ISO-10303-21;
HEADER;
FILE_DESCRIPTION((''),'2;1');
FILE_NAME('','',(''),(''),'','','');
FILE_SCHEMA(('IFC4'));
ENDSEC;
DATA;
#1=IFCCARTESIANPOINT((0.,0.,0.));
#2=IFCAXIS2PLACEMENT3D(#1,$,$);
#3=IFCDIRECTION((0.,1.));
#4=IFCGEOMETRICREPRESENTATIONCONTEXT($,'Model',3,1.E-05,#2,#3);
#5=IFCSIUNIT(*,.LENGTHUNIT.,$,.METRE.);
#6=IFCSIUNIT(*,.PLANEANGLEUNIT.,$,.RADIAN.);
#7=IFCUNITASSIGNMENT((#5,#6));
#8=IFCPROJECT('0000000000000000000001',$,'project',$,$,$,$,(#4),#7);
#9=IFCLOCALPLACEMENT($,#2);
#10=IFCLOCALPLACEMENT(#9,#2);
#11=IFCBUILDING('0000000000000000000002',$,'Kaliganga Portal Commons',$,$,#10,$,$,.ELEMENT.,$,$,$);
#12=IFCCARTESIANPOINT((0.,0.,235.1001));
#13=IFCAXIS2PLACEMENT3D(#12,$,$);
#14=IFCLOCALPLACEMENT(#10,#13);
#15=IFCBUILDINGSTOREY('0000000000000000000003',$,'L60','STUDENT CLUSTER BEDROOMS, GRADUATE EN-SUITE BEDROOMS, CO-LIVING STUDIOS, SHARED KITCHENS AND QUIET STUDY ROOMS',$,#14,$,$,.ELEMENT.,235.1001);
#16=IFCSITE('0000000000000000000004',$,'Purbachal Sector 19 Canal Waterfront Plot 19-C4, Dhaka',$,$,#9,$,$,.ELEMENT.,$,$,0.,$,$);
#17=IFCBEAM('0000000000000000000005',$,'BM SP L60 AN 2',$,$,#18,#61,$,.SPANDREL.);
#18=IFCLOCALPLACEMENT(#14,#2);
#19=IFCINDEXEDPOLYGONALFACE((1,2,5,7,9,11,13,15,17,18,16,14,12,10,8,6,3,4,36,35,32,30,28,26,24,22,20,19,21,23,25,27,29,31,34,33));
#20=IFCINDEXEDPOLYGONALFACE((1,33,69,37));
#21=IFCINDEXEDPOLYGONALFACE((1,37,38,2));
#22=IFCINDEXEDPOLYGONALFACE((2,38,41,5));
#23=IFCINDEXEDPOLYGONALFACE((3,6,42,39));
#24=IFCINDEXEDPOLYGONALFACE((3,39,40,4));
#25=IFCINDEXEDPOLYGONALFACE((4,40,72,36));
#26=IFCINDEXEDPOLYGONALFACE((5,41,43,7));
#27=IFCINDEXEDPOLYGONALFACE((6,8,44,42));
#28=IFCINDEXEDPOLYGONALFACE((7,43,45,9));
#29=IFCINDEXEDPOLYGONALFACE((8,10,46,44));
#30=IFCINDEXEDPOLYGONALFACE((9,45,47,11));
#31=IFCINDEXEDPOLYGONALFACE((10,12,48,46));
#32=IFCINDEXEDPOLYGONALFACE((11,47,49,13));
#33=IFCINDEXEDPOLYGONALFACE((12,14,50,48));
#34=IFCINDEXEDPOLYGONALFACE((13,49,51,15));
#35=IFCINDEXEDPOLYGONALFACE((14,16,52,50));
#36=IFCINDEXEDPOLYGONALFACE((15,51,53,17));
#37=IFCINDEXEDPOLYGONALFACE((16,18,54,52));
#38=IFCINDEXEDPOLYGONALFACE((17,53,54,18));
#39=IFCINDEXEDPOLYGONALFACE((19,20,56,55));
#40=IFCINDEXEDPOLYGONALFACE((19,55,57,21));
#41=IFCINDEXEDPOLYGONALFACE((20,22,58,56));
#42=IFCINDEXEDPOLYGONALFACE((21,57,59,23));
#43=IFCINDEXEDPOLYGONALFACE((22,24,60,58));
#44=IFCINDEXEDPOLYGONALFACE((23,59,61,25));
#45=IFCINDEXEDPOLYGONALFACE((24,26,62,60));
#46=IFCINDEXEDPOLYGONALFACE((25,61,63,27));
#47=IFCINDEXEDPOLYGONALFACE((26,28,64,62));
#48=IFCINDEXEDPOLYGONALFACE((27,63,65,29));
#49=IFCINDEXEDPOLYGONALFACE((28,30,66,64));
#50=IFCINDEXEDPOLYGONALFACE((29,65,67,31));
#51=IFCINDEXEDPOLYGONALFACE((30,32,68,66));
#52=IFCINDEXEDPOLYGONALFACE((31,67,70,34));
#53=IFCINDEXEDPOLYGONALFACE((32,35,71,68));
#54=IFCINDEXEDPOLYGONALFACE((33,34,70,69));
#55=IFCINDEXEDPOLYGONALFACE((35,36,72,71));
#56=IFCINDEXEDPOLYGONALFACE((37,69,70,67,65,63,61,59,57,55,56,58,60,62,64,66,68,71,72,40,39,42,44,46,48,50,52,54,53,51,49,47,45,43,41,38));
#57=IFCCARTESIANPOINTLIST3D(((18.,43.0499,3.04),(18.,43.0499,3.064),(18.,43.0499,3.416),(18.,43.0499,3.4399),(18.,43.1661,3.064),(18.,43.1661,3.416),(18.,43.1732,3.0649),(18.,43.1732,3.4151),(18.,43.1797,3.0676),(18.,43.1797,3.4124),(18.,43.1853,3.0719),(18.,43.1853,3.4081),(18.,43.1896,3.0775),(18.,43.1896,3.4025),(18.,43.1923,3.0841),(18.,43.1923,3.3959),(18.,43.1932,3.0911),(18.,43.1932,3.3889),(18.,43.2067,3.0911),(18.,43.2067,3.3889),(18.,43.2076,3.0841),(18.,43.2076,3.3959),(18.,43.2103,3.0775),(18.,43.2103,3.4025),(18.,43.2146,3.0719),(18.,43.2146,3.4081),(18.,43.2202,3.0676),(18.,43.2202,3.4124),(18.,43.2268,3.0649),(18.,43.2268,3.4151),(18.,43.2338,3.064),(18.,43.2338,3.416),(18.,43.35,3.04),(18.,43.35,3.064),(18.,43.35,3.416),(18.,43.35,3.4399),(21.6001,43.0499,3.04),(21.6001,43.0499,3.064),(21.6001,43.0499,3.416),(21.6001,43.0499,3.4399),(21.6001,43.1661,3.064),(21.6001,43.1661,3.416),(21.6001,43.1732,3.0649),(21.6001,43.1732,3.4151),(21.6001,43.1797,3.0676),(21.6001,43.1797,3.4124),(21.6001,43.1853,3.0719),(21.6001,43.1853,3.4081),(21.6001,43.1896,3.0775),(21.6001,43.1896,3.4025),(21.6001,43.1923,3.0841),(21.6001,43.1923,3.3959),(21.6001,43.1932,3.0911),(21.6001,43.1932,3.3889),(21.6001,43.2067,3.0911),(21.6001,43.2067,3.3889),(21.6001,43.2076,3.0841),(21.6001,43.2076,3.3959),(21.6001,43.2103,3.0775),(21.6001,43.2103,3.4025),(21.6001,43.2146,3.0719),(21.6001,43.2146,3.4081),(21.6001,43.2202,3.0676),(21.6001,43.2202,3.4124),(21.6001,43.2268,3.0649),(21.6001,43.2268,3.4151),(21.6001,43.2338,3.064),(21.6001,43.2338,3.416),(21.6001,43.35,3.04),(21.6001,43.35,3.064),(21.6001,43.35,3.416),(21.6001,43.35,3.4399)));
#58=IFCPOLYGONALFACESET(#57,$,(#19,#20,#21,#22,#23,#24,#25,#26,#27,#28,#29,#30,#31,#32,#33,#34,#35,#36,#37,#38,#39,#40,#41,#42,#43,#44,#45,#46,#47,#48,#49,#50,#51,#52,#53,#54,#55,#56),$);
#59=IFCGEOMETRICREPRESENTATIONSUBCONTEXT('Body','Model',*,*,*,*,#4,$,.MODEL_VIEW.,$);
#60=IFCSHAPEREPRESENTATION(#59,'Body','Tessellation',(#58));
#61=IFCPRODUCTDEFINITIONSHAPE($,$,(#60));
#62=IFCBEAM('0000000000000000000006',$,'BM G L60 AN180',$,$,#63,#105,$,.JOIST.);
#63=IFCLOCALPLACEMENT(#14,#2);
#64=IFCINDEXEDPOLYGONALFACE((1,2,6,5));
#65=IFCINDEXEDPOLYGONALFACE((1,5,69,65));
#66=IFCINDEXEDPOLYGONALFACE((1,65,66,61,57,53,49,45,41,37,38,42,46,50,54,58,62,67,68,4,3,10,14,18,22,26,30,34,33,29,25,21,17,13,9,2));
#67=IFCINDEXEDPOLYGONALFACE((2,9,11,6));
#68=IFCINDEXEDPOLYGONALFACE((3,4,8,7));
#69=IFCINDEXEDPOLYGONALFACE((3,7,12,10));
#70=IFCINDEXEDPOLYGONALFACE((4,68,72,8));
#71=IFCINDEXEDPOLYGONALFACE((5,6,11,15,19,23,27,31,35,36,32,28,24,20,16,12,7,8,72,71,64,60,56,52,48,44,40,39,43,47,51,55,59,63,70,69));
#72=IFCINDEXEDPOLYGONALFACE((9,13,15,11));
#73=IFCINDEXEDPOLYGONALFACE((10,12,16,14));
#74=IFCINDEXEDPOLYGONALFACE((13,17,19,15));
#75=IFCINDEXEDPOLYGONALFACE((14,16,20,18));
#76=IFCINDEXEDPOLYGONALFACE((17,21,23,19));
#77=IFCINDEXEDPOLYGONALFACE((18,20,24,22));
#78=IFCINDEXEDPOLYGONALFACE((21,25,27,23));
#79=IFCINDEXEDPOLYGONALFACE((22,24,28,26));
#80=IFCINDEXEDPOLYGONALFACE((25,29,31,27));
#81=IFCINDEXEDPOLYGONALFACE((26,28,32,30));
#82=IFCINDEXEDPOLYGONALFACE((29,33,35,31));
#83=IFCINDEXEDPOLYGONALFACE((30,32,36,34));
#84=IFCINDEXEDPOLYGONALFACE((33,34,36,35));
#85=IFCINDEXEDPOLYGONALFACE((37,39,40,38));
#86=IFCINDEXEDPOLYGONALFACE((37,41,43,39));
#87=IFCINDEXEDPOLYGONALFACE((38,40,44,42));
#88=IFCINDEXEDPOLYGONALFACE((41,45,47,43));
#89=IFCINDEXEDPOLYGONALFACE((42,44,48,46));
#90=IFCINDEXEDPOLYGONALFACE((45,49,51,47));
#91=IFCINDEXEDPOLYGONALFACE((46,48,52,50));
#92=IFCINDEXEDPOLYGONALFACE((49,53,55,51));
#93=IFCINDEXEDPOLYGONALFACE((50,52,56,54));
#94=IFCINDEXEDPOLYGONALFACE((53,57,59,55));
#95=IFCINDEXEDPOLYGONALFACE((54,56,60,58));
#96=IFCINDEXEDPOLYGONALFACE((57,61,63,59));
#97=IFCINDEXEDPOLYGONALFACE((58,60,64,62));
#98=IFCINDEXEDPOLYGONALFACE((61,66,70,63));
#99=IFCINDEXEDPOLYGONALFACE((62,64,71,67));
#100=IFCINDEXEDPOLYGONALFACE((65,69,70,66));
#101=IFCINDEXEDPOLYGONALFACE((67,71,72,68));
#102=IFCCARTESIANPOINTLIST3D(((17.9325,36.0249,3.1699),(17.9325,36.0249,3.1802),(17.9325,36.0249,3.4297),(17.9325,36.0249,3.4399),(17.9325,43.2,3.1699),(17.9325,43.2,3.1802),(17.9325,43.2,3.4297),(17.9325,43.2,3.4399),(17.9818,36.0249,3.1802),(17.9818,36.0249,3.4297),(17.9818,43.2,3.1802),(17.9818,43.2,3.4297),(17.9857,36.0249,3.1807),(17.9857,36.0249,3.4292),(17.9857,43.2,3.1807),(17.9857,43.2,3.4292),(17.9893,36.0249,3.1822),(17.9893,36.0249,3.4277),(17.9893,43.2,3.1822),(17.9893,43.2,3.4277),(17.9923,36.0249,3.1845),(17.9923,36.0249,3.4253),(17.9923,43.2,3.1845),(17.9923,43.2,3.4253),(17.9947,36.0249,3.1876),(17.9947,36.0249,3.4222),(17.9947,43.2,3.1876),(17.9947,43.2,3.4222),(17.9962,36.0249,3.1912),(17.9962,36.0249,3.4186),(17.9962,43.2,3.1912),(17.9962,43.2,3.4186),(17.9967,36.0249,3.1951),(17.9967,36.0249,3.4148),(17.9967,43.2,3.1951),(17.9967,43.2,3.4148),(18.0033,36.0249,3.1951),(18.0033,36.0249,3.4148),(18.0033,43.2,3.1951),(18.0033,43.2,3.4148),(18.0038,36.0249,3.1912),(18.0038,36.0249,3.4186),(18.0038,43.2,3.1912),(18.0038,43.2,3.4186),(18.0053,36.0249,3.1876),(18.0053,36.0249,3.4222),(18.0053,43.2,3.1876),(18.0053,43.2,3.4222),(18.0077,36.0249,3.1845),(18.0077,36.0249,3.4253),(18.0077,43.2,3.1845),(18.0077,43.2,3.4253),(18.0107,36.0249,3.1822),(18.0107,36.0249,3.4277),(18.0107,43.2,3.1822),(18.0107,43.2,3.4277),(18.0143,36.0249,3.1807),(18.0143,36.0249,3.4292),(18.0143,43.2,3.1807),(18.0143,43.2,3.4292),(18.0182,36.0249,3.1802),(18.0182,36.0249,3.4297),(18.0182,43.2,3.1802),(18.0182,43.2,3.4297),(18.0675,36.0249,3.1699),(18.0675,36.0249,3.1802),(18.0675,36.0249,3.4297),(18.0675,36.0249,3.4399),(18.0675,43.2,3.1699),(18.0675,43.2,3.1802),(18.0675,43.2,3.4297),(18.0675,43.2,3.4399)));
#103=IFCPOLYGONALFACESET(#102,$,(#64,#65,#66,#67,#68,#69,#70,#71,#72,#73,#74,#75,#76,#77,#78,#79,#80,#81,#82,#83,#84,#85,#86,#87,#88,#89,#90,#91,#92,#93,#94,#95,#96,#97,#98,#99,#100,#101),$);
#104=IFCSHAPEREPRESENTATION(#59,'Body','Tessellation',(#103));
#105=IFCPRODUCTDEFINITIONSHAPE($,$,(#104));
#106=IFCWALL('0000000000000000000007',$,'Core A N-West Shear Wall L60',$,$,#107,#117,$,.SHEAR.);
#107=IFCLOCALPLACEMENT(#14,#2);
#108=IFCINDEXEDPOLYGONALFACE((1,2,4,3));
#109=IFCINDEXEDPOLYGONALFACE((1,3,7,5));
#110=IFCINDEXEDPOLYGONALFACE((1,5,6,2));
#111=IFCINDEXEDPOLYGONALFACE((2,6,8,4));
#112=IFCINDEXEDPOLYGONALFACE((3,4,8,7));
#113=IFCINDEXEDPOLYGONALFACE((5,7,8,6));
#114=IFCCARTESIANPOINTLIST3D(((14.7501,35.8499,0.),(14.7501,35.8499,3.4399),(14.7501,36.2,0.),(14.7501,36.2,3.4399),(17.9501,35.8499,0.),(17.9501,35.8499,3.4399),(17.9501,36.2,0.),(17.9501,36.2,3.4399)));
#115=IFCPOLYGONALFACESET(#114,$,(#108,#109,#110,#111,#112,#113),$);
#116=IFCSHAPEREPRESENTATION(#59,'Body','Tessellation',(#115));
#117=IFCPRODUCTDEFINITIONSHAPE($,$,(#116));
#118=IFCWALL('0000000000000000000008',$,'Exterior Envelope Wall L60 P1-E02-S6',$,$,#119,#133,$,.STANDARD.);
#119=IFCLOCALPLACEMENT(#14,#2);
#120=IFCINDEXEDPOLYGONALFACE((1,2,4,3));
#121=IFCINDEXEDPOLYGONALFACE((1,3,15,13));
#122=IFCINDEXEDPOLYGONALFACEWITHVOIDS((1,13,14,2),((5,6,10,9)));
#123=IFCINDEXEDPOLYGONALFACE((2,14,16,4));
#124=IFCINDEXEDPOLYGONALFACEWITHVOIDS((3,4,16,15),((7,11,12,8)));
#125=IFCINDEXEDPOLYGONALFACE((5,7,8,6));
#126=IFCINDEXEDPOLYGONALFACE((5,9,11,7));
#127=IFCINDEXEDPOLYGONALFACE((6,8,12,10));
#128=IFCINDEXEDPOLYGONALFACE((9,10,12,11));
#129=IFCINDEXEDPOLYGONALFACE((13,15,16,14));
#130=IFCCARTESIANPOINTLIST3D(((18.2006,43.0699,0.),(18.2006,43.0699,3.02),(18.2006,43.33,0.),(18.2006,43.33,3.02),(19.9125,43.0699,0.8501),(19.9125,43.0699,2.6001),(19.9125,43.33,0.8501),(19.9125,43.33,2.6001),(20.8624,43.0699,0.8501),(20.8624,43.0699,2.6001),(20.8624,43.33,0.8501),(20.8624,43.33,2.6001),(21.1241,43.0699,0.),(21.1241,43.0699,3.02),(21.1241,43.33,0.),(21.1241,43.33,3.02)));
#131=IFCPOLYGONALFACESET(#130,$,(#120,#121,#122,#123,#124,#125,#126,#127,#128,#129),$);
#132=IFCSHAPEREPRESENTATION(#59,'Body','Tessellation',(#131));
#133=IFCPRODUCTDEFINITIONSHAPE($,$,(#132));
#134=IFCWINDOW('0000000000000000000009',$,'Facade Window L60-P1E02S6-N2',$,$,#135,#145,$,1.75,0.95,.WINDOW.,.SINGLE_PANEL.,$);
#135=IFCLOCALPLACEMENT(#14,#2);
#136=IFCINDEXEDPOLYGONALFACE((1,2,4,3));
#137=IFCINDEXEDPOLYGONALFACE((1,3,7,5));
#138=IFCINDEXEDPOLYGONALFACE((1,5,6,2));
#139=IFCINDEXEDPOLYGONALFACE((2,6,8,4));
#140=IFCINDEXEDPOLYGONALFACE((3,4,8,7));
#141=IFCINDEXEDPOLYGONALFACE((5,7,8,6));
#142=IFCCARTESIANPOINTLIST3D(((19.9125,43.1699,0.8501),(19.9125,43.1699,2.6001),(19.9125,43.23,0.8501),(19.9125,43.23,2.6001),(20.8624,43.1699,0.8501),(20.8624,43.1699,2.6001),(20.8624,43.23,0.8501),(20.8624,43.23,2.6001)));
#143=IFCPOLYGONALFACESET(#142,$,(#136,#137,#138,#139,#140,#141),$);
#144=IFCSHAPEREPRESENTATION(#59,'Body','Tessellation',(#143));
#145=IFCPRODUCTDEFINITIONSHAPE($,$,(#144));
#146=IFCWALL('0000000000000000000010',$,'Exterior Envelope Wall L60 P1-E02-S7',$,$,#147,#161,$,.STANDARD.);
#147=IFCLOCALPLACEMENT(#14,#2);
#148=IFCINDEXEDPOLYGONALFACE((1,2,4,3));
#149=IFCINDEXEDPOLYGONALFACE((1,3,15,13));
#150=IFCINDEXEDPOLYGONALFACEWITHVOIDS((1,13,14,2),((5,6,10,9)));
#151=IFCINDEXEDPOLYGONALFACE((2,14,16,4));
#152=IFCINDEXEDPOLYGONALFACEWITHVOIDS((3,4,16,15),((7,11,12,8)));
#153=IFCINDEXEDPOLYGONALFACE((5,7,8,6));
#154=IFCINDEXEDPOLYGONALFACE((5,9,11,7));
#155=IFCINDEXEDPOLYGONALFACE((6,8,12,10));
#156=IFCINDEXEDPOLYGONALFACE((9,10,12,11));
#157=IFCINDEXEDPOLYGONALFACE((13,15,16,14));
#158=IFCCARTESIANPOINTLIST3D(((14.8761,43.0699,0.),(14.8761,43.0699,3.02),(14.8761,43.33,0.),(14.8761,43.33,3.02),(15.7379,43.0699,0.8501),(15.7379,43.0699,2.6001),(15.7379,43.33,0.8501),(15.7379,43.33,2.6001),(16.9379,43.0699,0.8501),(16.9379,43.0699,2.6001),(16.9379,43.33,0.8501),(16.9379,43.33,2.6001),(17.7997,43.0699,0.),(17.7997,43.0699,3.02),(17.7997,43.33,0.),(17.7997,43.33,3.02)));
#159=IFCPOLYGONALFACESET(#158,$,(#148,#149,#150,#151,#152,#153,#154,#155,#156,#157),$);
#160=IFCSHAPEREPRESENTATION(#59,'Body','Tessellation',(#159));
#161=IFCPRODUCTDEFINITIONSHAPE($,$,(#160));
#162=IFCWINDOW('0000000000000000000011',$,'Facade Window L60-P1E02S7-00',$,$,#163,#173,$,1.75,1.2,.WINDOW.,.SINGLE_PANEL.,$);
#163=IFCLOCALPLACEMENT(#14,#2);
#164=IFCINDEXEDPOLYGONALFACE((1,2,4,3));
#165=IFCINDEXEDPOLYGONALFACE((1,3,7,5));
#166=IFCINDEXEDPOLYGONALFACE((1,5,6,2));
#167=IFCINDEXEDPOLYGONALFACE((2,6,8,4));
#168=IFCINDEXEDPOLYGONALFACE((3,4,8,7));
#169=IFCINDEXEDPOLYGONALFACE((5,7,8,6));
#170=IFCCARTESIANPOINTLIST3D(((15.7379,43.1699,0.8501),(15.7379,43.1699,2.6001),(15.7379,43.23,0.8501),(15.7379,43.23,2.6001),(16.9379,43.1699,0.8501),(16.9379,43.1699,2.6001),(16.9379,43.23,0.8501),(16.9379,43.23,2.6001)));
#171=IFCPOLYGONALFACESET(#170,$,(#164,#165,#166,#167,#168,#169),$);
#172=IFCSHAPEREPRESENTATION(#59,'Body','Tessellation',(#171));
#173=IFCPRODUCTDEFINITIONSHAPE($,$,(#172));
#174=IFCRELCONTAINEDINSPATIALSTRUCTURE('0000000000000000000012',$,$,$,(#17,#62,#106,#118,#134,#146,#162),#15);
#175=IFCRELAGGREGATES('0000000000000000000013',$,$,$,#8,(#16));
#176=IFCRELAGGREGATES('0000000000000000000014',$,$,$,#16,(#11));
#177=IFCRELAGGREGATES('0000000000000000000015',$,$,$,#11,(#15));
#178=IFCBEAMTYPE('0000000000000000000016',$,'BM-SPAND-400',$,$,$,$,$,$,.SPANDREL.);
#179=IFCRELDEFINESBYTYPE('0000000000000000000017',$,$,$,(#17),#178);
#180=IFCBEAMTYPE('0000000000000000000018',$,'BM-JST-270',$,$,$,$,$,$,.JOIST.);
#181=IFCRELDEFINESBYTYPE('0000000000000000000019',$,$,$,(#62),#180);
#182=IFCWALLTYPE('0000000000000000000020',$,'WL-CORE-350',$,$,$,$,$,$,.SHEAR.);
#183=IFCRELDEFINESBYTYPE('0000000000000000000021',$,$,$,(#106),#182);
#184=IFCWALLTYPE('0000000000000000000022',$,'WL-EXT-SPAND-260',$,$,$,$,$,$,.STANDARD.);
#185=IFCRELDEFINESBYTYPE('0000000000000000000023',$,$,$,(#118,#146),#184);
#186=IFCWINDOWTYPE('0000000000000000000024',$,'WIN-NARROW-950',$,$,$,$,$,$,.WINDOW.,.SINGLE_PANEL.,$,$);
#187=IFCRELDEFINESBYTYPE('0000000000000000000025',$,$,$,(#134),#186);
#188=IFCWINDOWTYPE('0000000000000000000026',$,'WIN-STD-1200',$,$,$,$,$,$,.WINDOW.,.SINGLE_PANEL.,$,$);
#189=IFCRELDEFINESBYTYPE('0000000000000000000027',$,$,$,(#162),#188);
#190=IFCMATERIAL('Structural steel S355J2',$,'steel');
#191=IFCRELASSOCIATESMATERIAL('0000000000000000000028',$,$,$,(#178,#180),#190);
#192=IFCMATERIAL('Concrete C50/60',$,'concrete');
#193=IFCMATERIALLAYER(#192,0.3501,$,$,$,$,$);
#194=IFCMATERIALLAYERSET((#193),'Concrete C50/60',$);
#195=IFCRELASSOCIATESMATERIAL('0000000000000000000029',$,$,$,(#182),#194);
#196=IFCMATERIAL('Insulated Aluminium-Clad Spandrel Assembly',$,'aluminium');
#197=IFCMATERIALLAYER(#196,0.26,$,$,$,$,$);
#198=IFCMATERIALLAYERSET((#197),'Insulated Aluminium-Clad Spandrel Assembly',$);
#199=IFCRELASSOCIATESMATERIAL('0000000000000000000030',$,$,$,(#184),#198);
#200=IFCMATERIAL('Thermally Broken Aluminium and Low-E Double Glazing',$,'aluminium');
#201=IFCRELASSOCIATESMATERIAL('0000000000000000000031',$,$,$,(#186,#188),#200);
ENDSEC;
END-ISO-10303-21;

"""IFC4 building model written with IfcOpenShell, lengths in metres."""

from ifc_helpers import new_model, si_unit, direction, frame, frame_2d, origin, origin_2d, place, context, subcontext, project, spatial, rectangle, i_section, extrude, source, transform, mapped, material, layer, layer_set, material_profile, profile_set, type_object, element, fill, save


model = new_model("IFC4")

# Units and contexts
model_context = context("Model", 3, precision=1e-05, world=origin(), true_north=direction((0.0, 1.0)))
body_context = subcontext(model_context, "Body", "Model", "MODEL_VIEW")
ifc_project = project(units=[si_unit("LENGTHUNIT", "METRE"), si_unit("PLANEANGLEUNIT", "RADIAN")], contexts=[model_context])

# Site, building, storey
site_placement = place(None, origin())
site = spatial("IfcSite", under=ifc_project, at=site_placement, Name="Purbachal Sector 19 Canal Waterfront Plot 19-C4, Dhaka", CompositionType="ELEMENT", RefElevation=0.0)
building_placement = place(site_placement, origin())
building = spatial("IfcBuilding", under=site, at=building_placement, Name="Kaliganga Portal Commons", CompositionType="ELEMENT")
storey_placement = place(building_placement, frame((0.0, 0.0, 235.1001)))
storey = spatial("IfcBuildingStorey", under=building, at=storey_placement, Name="L60", Description="STUDENT CLUSTER BEDROOMS, GRADUATE EN-SUITE BEDROOMS, CO-LIVING STUDIOS, SHARED KITCHENS AND QUIET STUDY ROOMS", CompositionType="ELEMENT", Elevation=235.1001)

# Shared definitions
ifc_material_1 = material(Name="Concrete C50/60", Category="concrete")
ifc_material_2 = material(Name="Structural steel S355J2", Category="steel")

# Beams
ifc_material_profile_1 = material_profile(ifc_material_2, i_section(OverallWidth=0.3, OverallDepth=0.3999, WebThickness=0.0134, FlangeThickness=0.0239, FilletRadius=0.0271, at=origin_2d()), Name="HE 400 B")
ifc_profile_set_1 = profile_set([ifc_material_profile_1], Name="Structural steel S355J2 wide-flange")
beam_type_1 = type_object("IfcBeamType", Name="BM-SPAND-400", PredefinedType="SPANDREL", material=ifc_profile_set_1)
shared_shape_1 = source(origin(), body_context, "Body", "SweptSolid", [
    extrude(i_section(OverallWidth=0.3, OverallDepth=0.3999, WebThickness=0.0134, FlangeThickness=0.0239, FilletRadius=0.0271, at=origin_2d()), origin(), (0.0, 0.0, 1.0), 3.6001),
])
for number, where, z_axis, x_axis, name in (
    (1, (18.0, 43.2, 3.24), (1.0, 0.0, 0.0), (0.0, 1.0, 0.0), "BM SP L60 AN 2"),
):
    element("IfcBeam", number, at=place(storey_placement, frame(where, z_axis=z_axis, x_axis=x_axis)), inside=storey, type_object=beam_type_1, Name=name, PredefinedType="SPANDREL", context=body_context, shape_type="MappedRepresentation", body=[
        mapped(shared_shape_1, transform((0.0, 0.0, 0.0), x_axis=(1.0, 0.0, 0.0), y_axis=(0.0, 1.0, 0.0), z_axis=(0.0, 0.0, 1.0), scale=1.0)),
    ])
ifc_material_profile_2 = material_profile(ifc_material_2, i_section(OverallWidth=0.135, OverallDepth=0.27, WebThickness=0.0066, FlangeThickness=0.0103, FilletRadius=0.0149, at=origin_2d()), Name="IPE 270")
ifc_profile_set_2 = profile_set([ifc_material_profile_2], Name="Structural steel S355J2 wide-flange")
beam_type_2 = type_object("IfcBeamType", Name="BM-JST-270", PredefinedType="JOIST", material=ifc_profile_set_2)
shared_shape_2 = source(origin(), body_context, "Body", "SweptSolid", [
    extrude(i_section(OverallWidth=0.135, OverallDepth=0.27, WebThickness=0.0066, FlangeThickness=0.0103, FilletRadius=0.0149, at=origin_2d()), origin(), (0.0, 0.0, 1.0), 7.175),
])
beam_1_placement = place(storey_placement, frame((18.0, 36.0249, 3.3049), z_axis=(0.0, 1.0, 0.0), x_axis=(-1.0, 0.0, 0.0)))
element("IfcBeam", 2, at=beam_1_placement, inside=storey, type_object=beam_type_2, Name="BM G L60 AN180", PredefinedType="JOIST", context=body_context, shape_type="MappedRepresentation", body=[
    mapped(shared_shape_2, transform((0.0, 0.0, 0.0), x_axis=(1.0, 0.0, 0.0), y_axis=(0.0, 1.0, 0.0), z_axis=(0.0, 0.0, 1.0), scale=1.0)),
])

# Wall
ifc_layer_1 = layer(ifc_material_1, 0.3501)
ifc_layer_set_1 = layer_set([ifc_layer_1], Name="Concrete C50/60")
wall_type_1 = type_object("IfcWallType", Name="WL-CORE-350", PredefinedType="SHEAR", material=ifc_layer_set_1)
wall_1_placement = place(storey_placement, frame((14.75, 36.0249, 0.0), z_axis=(0.0, 0.0, 1.0), x_axis=(1.0, 0.0, 0.0)))
element("IfcWall", 3, at=wall_1_placement, inside=storey, type_object=wall_type_1, Name="Core A N-West Shear Wall L60", PredefinedType="SHEAR", context=body_context, shape_type="SweptSolid", body=[
    extrude(rectangle(XDim=3.2, YDim=0.3501, at=frame_2d((1.6001, 0.0))), origin(), (0.0, 0.0, 1.0), 3.4399),
])

# Walls, openings, windows
ifc_material_3 = material(Name="Insulated Aluminium-Clad Spandrel Assembly", Category="aluminium")
ifc_layer_2 = layer(ifc_material_3, 0.26)
ifc_layer_set_2 = layer_set([ifc_layer_2], Name="Insulated Aluminium-Clad Spandrel Assembly")
wall_type_2 = type_object("IfcWallType", Name="WL-EXT-SPAND-260", PredefinedType="STANDARD", material=ifc_layer_set_2)
wall_2_placement = place(storey_placement, frame((18.2004, 43.2, 0.0), z_axis=(0.0, 0.0, 1.0), x_axis=(1.0, 0.0, 0.0)))
wall_2 = element("IfcWall", 4, at=wall_2_placement, inside=storey, type_object=wall_type_2, Name="Exterior Envelope Wall L60 P1-E02-S6", PredefinedType="STANDARD", context=body_context, shape_type="SweptSolid", body=[
    extrude(rectangle(XDim=2.9236, YDim=0.26, at=frame_2d((1.4619, 0.0))), origin(), (0.0, 0.0, 1.0), 3.02),
])
opening_1_placement = place(wall_2_placement, frame((1.7119, 0.0, 0.8501)))
opening_1 = element("IfcOpeningElement", 5, at=opening_1_placement, cuts=wall_2, PredefinedType="OPENING", context=body_context, shape_type="SweptSolid", body=[
    extrude(rectangle(XDim=0.95, YDim=1.75, at=frame_2d((0.4751, 0.875))), frame((0.0, 0.1401, 0.0), z_axis=(0.0, -1.0, 0.0), x_axis=(1.0, 0.0, 0.0)), (0.0, 0.0, 1.0), 0.28),
])
ifc_material_4 = material(Name="Thermally Broken Aluminium and Low-E Double Glazing", Category="aluminium")
window_type_1 = type_object("IfcWindowType", Name="WIN-NARROW-950", PartitioningType="SINGLE_PANEL", PredefinedType="WINDOW", material=ifc_material_4)
window_1_placement = place(opening_1_placement, origin())
window_1 = element("IfcWindow", 6, at=window_1_placement, inside=storey, type_object=window_type_1, Name="Facade Window L60-P1E02S6-N2", OverallHeight=1.75, OverallWidth=0.95, PartitioningType="SINGLE_PANEL", PredefinedType="WINDOW", context=body_context, shape_type="SweptSolid", body=[
    extrude(rectangle(XDim=0.95, YDim=1.75, at=frame_2d((0.4751, 0.875))), frame((0.0, 0.03, 0.0), z_axis=(0.0, -1.0, 0.0), x_axis=(1.0, 0.0, 0.0)), (0.0, 0.0, 1.0), 0.0601),
])
fill(opening_1, window_1)
wall_3_placement = place(storey_placement, frame((14.876, 43.2, 0.0), z_axis=(0.0, 0.0, 1.0), x_axis=(1.0, 0.0, 0.0)))
wall_3 = element("IfcWall", 7, at=wall_3_placement, inside=storey, type_object=wall_type_2, Name="Exterior Envelope Wall L60 P1-E02-S7", PredefinedType="STANDARD", context=body_context, shape_type="SweptSolid", body=[
    extrude(rectangle(XDim=2.9236, YDim=0.26, at=frame_2d((1.4619, 0.0))), origin(), (0.0, 0.0, 1.0), 3.02),
])
opening_2_placement = place(wall_3_placement, frame((0.8618, 0.0, 0.8501)))
opening_2 = element("IfcOpeningElement", 8, at=opening_2_placement, cuts=wall_3, PredefinedType="OPENING", context=body_context, shape_type="SweptSolid", body=[
    extrude(rectangle(XDim=1.2, YDim=1.75, at=frame_2d((0.6001, 0.875))), frame((0.0, 0.1401, 0.0), z_axis=(0.0, -1.0, 0.0), x_axis=(1.0, 0.0, 0.0)), (0.0, 0.0, 1.0), 0.28),
])
window_type_2 = type_object("IfcWindowType", Name="WIN-STD-1200", PartitioningType="SINGLE_PANEL", PredefinedType="WINDOW", material=ifc_material_4)
window_2_placement = place(opening_2_placement, origin())
window_2 = element("IfcWindow", 9, at=window_2_placement, inside=storey, type_object=window_type_2, Name="Facade Window L60-P1E02S7-00", OverallHeight=1.75, OverallWidth=1.2, PartitioningType="SINGLE_PANEL", PredefinedType="WINDOW", context=body_context, shape_type="SweptSolid", body=[
    extrude(rectangle(XDim=1.2, YDim=1.75, at=frame_2d((0.6001, 0.875))), frame((0.0, 0.03, 0.0), z_axis=(0.0, -1.0, 0.0), x_axis=(1.0, 0.0, 0.0)), (0.0, 0.0, 1.0), 0.0601),
])
fill(opening_2, window_2)

save(model, "model.ifc")
